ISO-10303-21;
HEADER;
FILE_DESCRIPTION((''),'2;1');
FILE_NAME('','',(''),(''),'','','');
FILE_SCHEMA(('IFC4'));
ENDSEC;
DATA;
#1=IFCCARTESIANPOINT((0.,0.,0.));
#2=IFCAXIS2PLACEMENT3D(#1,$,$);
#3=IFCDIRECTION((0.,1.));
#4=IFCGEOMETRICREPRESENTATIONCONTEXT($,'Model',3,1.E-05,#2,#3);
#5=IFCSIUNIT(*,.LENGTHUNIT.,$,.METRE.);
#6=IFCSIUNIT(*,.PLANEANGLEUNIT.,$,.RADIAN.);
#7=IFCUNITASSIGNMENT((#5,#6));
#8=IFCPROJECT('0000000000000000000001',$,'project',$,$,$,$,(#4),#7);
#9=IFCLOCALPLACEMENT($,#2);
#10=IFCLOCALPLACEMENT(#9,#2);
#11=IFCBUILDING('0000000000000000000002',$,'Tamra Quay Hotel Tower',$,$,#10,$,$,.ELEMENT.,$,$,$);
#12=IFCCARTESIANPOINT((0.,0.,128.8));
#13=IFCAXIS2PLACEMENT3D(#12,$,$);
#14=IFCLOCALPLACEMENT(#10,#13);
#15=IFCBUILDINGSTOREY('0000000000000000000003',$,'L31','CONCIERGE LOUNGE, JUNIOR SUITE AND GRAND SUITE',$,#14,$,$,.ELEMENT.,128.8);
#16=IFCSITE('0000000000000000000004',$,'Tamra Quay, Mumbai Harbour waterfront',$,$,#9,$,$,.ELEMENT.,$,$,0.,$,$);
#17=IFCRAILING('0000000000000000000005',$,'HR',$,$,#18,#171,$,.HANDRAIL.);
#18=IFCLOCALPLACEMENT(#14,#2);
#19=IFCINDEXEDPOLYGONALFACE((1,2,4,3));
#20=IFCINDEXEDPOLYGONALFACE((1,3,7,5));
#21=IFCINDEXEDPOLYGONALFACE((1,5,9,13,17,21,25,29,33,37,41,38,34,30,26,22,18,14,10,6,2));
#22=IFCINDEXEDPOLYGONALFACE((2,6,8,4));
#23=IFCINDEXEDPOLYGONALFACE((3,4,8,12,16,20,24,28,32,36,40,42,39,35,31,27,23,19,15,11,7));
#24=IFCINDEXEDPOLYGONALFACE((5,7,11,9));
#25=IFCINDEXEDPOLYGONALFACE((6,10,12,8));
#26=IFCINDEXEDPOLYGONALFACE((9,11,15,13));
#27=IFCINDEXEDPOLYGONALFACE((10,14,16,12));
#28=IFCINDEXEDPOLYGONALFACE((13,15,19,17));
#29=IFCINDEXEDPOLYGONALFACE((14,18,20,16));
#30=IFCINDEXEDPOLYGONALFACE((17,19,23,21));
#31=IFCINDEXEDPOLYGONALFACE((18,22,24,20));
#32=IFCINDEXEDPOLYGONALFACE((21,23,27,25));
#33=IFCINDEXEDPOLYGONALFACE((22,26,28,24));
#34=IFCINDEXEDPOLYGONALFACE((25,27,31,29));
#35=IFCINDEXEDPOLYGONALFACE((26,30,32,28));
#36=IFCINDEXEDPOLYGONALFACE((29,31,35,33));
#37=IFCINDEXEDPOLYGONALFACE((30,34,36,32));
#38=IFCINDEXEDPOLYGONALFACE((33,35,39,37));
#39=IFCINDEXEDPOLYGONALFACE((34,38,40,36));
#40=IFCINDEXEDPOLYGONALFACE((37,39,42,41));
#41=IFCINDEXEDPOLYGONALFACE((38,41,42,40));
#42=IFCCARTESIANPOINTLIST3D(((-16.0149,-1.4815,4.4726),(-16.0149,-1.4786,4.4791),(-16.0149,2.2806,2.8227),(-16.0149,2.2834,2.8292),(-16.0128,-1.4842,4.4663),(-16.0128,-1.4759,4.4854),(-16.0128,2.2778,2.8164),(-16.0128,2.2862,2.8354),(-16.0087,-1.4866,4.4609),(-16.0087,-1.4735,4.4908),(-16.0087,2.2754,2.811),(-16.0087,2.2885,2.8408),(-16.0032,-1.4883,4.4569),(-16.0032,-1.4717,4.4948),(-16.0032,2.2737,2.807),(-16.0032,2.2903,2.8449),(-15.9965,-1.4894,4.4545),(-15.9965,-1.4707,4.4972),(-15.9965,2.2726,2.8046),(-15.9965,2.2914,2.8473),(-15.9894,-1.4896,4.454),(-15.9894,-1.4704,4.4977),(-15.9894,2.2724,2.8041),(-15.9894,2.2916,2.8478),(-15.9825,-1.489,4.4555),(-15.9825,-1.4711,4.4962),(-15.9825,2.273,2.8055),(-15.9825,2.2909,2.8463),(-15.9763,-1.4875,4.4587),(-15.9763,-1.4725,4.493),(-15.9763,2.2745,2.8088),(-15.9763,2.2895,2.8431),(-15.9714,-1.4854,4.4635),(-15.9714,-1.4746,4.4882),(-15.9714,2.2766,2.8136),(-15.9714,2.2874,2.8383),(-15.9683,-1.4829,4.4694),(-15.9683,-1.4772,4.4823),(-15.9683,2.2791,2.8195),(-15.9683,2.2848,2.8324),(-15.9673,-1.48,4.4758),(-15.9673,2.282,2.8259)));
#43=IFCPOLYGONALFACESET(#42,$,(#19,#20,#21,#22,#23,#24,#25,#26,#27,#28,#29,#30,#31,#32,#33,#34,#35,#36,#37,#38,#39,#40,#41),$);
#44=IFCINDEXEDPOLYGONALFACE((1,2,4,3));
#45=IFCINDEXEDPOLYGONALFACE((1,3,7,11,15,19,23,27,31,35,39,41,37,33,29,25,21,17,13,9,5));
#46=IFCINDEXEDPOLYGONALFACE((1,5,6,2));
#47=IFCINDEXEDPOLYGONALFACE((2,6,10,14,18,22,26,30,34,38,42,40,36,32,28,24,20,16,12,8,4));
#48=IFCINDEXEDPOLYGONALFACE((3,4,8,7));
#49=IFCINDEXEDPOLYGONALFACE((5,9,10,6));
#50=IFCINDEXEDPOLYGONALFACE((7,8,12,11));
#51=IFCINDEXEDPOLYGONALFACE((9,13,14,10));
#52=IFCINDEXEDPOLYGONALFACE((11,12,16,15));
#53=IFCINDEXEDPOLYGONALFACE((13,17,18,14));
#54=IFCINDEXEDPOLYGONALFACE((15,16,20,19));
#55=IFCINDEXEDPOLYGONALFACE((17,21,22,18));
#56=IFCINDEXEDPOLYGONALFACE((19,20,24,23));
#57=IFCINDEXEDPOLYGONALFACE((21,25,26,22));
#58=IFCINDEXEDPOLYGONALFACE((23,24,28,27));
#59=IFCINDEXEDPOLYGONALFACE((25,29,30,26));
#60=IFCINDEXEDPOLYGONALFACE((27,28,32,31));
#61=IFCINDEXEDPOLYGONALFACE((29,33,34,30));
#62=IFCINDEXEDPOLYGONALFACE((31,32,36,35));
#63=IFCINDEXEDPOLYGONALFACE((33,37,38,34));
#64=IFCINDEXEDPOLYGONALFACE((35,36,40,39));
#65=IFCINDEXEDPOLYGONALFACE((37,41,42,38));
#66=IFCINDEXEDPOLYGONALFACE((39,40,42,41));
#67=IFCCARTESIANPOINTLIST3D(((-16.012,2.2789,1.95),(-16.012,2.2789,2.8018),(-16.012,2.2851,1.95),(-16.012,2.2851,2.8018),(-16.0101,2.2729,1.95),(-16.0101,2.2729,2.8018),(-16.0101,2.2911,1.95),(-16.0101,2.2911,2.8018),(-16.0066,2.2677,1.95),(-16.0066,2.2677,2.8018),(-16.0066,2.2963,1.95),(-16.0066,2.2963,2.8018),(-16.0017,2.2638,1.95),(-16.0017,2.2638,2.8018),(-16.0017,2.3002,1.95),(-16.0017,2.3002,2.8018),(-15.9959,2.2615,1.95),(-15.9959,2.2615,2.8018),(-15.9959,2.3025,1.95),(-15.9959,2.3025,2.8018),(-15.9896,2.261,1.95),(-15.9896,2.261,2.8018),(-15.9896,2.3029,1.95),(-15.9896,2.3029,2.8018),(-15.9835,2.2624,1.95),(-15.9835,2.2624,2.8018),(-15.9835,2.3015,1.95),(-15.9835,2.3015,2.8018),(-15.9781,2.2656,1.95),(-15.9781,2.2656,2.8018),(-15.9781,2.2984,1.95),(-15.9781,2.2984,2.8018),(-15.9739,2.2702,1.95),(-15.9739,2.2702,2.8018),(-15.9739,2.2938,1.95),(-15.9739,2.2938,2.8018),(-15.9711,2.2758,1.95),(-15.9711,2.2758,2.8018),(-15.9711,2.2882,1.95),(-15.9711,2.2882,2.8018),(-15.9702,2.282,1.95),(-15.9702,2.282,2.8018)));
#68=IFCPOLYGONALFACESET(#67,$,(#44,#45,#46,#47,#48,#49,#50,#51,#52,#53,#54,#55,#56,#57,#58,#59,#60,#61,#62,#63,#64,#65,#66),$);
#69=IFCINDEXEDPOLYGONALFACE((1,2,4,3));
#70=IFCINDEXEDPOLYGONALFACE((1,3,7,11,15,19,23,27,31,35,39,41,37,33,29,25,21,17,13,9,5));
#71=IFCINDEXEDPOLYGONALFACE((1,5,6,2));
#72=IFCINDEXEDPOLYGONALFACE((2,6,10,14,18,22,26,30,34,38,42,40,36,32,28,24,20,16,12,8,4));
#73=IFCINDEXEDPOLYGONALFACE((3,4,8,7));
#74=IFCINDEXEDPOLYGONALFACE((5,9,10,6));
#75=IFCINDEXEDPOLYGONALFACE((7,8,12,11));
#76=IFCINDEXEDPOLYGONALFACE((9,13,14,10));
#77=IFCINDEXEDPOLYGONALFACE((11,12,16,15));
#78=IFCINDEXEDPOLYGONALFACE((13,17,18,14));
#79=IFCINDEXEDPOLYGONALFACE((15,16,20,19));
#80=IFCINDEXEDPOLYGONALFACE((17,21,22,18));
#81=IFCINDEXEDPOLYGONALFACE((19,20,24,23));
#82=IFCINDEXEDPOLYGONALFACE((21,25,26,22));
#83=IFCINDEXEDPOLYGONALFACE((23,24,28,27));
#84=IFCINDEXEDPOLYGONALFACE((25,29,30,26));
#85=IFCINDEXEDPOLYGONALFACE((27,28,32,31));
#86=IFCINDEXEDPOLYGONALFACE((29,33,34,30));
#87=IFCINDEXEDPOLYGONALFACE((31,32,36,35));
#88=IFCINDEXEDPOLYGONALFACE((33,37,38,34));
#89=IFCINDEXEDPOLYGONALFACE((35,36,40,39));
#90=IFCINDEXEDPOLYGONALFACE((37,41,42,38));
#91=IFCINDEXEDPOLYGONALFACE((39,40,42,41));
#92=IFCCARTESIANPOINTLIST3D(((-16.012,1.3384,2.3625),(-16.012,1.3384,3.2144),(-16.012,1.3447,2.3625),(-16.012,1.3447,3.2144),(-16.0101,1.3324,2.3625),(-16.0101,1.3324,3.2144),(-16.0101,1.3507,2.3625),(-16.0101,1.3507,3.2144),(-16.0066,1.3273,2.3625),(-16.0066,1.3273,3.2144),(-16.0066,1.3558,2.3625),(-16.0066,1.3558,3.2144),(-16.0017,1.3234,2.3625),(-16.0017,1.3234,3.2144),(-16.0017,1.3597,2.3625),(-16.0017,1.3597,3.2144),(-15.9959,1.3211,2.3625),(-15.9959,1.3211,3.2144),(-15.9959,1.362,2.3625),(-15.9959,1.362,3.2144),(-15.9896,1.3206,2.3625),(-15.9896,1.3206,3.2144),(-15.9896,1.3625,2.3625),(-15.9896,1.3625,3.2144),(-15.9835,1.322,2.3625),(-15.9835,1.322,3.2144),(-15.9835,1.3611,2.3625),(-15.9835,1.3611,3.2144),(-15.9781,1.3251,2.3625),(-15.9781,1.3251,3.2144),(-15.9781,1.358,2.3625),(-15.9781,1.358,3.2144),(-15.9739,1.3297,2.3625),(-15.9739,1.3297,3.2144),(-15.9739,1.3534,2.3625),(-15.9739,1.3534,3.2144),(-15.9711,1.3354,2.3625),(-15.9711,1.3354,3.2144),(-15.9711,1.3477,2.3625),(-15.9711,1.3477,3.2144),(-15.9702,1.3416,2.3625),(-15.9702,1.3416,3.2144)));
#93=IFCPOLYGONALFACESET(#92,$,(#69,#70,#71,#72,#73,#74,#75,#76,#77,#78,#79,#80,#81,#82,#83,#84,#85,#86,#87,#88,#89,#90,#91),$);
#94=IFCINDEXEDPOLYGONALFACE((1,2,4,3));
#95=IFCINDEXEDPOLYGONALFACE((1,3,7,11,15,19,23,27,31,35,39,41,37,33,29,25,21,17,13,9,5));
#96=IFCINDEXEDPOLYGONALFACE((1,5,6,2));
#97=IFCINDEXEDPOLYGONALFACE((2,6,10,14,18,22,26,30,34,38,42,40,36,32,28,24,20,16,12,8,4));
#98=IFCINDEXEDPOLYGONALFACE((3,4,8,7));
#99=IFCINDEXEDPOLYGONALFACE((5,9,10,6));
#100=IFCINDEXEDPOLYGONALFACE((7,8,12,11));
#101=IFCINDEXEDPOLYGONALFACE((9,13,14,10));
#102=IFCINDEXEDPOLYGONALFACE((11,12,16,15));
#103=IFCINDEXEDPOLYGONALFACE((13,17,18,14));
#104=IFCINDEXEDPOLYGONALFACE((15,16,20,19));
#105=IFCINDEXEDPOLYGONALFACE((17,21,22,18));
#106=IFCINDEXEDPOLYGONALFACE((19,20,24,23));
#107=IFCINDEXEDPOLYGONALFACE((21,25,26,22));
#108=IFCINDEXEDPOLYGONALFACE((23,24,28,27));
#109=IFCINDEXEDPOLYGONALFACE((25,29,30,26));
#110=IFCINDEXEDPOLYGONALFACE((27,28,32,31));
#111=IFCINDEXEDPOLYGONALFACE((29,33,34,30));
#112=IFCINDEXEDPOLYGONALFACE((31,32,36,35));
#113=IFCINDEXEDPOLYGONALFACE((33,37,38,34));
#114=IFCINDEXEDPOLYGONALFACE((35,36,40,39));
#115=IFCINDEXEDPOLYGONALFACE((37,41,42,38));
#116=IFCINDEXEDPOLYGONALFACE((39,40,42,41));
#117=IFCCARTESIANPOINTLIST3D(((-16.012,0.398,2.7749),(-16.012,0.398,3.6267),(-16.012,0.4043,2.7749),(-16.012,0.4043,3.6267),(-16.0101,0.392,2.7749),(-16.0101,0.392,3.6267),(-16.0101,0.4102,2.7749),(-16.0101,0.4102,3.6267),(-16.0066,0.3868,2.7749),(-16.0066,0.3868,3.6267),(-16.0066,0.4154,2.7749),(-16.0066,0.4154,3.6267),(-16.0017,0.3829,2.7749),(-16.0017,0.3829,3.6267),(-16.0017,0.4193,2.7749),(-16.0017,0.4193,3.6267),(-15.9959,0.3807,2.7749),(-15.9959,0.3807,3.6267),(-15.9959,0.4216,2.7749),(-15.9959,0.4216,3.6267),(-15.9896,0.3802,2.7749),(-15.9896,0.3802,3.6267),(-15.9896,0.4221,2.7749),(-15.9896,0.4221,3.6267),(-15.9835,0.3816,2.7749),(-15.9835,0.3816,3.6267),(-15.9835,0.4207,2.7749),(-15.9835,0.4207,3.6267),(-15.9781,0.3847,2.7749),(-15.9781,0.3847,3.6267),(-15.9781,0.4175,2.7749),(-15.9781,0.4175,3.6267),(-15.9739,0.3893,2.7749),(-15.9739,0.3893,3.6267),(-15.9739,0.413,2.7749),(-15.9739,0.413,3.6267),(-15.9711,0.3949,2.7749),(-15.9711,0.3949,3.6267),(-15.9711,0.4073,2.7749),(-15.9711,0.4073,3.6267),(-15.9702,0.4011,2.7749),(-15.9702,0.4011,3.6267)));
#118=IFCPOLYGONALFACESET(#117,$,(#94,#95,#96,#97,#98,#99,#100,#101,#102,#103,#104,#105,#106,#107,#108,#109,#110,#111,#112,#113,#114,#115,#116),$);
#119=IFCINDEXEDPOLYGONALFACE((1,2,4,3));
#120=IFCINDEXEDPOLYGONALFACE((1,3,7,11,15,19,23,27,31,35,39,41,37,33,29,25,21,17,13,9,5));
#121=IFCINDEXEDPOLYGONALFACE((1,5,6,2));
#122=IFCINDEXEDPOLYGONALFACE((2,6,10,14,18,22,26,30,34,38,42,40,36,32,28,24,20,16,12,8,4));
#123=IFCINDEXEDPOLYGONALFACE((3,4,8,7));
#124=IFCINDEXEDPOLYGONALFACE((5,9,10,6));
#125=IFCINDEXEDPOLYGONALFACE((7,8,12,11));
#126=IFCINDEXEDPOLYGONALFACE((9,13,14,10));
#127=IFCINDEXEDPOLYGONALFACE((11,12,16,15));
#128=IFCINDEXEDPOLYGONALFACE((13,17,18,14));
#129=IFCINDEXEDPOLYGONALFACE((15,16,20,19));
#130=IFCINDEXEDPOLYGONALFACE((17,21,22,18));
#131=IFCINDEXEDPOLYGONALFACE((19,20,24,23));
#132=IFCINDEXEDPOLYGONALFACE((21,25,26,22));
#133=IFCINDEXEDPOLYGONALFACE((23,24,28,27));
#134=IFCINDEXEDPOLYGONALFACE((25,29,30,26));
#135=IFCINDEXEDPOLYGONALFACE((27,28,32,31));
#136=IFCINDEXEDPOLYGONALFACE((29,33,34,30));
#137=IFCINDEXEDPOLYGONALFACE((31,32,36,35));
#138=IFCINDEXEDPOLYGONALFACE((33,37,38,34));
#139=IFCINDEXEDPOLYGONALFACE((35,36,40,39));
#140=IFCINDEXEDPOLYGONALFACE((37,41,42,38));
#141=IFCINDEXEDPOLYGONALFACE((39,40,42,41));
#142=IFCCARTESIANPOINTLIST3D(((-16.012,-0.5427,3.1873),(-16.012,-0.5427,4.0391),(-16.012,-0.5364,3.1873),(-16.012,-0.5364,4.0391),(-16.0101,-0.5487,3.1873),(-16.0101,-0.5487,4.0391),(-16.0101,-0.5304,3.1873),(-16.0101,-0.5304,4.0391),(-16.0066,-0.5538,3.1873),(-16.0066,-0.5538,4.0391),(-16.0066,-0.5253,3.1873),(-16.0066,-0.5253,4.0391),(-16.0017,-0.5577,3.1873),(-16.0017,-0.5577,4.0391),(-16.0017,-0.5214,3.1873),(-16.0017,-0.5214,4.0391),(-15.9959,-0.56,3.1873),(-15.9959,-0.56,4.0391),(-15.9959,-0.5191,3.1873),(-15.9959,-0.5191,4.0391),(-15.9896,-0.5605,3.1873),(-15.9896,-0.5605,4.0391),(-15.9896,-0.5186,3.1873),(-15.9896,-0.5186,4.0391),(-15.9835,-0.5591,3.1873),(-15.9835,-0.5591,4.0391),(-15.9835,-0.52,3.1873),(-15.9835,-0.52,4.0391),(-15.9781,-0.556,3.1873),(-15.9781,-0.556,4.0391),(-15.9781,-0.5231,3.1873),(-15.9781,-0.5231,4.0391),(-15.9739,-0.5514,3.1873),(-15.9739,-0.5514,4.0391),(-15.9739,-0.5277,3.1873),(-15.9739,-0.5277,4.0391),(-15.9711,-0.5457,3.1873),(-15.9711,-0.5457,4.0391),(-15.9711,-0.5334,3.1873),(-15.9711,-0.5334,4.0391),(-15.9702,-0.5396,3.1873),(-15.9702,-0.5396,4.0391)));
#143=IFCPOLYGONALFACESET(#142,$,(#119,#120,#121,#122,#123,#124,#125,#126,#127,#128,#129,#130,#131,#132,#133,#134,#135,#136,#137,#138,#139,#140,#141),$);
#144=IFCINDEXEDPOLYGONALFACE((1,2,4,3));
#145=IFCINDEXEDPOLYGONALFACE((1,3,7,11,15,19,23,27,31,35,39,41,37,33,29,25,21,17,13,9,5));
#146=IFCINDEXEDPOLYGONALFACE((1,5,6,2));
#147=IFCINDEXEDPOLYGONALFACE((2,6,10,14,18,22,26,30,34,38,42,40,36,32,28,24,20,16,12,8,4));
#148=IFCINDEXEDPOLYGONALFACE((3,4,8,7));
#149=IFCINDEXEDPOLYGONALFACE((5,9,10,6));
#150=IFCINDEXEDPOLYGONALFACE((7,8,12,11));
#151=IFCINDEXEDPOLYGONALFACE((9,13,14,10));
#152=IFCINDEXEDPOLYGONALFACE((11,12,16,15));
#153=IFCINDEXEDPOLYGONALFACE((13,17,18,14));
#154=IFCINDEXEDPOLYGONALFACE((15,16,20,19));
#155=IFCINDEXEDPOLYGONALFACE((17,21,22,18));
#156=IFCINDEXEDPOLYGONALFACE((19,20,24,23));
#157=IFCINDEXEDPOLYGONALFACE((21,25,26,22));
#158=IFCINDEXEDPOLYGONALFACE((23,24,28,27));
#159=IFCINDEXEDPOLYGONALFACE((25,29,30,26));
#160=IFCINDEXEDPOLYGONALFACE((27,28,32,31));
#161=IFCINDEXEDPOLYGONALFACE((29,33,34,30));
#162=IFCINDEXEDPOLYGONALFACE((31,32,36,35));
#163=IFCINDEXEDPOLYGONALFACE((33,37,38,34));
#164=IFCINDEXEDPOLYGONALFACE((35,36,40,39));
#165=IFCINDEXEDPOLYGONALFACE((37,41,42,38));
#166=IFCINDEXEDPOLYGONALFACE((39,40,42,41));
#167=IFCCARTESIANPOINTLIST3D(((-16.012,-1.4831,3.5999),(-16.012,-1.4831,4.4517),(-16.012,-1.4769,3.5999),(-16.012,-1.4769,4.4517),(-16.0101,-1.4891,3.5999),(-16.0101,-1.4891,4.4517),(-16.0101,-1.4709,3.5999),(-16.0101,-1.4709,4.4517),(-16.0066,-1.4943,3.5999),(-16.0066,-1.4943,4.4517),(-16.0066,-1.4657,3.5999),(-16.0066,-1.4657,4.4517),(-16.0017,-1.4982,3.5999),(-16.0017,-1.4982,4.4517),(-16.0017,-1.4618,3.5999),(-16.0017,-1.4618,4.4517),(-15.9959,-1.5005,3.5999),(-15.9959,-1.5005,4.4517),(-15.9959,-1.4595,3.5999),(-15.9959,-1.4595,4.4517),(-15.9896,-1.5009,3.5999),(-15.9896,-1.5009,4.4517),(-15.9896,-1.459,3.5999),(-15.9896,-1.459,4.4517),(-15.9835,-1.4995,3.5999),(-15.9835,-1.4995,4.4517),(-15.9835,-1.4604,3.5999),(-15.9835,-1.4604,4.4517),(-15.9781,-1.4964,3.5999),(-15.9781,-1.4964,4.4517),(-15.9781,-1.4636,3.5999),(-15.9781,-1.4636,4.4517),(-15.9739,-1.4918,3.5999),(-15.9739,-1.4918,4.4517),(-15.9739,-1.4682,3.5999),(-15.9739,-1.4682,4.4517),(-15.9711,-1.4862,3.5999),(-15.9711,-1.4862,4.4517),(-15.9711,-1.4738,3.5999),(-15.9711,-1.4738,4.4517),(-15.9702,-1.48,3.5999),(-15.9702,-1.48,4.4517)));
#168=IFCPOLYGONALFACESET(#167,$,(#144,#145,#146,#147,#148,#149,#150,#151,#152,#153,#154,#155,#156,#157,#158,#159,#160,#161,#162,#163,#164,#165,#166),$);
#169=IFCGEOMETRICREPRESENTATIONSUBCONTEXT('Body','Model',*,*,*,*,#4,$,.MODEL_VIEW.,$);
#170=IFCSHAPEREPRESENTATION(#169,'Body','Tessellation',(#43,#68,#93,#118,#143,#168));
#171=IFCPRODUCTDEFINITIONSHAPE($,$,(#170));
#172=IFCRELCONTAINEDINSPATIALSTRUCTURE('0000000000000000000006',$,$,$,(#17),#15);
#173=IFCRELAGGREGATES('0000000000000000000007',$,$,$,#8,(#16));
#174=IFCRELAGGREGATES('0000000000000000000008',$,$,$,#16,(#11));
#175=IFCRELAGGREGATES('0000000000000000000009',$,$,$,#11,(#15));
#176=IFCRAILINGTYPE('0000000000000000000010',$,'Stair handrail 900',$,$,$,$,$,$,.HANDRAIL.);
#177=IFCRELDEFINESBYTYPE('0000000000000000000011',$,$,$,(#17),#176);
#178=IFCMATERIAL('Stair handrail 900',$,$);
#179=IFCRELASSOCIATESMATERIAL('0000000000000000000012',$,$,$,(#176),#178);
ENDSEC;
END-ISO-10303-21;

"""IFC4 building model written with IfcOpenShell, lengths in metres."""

from ifc_helpers import new_model, si_unit, direction, frame, origin, origin_2d, place, context, subcontext, project, spatial, circle, extrude, material, type_object, element, save


model = new_model("IFC4")

# Units and contexts
model_context = context("Model", 3, precision=1e-05, world=origin(), true_north=direction((0.0, 1.0)))
body_context = subcontext(model_context, "Body", "Model", "MODEL_VIEW")
ifc_project = project(units=[si_unit("LENGTHUNIT", "METRE"), si_unit("PLANEANGLEUNIT", "RADIAN")], contexts=[model_context])

# Site, building, storey
site_placement = place(None, origin())
site = spatial("IfcSite", under=ifc_project, at=site_placement, Name="Tamra Quay, Mumbai Harbour waterfront", CompositionType="ELEMENT", RefElevation=0.0)
building_placement = place(site_placement, origin())
building = spatial("IfcBuilding", under=site, at=building_placement, Name="Tamra Quay Hotel Tower", CompositionType="ELEMENT")
storey_placement = place(building_placement, frame((0.0, 0.0, 128.8)))
storey = spatial("IfcBuildingStorey", under=building, at=storey_placement, Name="L31", Description="CONCIERGE LOUNGE, JUNIOR SUITE AND GRAND SUITE", CompositionType="ELEMENT", Elevation=128.8)

# Railing
ifc_material_1 = material(Name="Stair handrail 900")
railing_type = type_object("IfcRailingType", Name="Stair handrail 900", PredefinedType="HANDRAIL", material=ifc_material_1)
railing_placement = place(storey_placement, frame((-15.9912, 2.282, 1.95)))
element("IfcRailing", 1, at=railing_placement, inside=storey, type_object=railing_type, Name="HR", PredefinedType="HANDRAIL", context=body_context, shape_type="SweptSolid", body=[
    extrude(circle(Radius=0.0239, at=origin_2d()), frame((0.0, 0.0, 0.876), z_axis=(0.0, -0.915795, 0.401645), x_axis=(1.0, 0.0, 0.0)), (0.0, 0.0, 1.0), 4.1079),
    extrude(circle(Radius=0.021, at=origin_2d()), origin(), (0.0, 0.0, 1.0), 0.8518),
    extrude(circle(Radius=0.021, at=origin_2d()), frame((0.0, -0.9404, 0.4126)), (0.0, 0.0, 1.0), 0.8518),
    extrude(circle(Radius=0.021, at=origin_2d()), frame((0.0, -1.8809, 0.825)), (0.0, 0.0, 1.0), 0.8518),
    extrude(circle(Radius=0.021, at=origin_2d()), frame((0.0, -2.8215, 1.2373)), (0.0, 0.0, 1.0), 0.8518),
    extrude(circle(Radius=0.021, at=origin_2d()), frame((0.0, -3.762, 1.6499)), (0.0, 0.0, 1.0), 0.8518),
])

save(model, "model.ifc")
